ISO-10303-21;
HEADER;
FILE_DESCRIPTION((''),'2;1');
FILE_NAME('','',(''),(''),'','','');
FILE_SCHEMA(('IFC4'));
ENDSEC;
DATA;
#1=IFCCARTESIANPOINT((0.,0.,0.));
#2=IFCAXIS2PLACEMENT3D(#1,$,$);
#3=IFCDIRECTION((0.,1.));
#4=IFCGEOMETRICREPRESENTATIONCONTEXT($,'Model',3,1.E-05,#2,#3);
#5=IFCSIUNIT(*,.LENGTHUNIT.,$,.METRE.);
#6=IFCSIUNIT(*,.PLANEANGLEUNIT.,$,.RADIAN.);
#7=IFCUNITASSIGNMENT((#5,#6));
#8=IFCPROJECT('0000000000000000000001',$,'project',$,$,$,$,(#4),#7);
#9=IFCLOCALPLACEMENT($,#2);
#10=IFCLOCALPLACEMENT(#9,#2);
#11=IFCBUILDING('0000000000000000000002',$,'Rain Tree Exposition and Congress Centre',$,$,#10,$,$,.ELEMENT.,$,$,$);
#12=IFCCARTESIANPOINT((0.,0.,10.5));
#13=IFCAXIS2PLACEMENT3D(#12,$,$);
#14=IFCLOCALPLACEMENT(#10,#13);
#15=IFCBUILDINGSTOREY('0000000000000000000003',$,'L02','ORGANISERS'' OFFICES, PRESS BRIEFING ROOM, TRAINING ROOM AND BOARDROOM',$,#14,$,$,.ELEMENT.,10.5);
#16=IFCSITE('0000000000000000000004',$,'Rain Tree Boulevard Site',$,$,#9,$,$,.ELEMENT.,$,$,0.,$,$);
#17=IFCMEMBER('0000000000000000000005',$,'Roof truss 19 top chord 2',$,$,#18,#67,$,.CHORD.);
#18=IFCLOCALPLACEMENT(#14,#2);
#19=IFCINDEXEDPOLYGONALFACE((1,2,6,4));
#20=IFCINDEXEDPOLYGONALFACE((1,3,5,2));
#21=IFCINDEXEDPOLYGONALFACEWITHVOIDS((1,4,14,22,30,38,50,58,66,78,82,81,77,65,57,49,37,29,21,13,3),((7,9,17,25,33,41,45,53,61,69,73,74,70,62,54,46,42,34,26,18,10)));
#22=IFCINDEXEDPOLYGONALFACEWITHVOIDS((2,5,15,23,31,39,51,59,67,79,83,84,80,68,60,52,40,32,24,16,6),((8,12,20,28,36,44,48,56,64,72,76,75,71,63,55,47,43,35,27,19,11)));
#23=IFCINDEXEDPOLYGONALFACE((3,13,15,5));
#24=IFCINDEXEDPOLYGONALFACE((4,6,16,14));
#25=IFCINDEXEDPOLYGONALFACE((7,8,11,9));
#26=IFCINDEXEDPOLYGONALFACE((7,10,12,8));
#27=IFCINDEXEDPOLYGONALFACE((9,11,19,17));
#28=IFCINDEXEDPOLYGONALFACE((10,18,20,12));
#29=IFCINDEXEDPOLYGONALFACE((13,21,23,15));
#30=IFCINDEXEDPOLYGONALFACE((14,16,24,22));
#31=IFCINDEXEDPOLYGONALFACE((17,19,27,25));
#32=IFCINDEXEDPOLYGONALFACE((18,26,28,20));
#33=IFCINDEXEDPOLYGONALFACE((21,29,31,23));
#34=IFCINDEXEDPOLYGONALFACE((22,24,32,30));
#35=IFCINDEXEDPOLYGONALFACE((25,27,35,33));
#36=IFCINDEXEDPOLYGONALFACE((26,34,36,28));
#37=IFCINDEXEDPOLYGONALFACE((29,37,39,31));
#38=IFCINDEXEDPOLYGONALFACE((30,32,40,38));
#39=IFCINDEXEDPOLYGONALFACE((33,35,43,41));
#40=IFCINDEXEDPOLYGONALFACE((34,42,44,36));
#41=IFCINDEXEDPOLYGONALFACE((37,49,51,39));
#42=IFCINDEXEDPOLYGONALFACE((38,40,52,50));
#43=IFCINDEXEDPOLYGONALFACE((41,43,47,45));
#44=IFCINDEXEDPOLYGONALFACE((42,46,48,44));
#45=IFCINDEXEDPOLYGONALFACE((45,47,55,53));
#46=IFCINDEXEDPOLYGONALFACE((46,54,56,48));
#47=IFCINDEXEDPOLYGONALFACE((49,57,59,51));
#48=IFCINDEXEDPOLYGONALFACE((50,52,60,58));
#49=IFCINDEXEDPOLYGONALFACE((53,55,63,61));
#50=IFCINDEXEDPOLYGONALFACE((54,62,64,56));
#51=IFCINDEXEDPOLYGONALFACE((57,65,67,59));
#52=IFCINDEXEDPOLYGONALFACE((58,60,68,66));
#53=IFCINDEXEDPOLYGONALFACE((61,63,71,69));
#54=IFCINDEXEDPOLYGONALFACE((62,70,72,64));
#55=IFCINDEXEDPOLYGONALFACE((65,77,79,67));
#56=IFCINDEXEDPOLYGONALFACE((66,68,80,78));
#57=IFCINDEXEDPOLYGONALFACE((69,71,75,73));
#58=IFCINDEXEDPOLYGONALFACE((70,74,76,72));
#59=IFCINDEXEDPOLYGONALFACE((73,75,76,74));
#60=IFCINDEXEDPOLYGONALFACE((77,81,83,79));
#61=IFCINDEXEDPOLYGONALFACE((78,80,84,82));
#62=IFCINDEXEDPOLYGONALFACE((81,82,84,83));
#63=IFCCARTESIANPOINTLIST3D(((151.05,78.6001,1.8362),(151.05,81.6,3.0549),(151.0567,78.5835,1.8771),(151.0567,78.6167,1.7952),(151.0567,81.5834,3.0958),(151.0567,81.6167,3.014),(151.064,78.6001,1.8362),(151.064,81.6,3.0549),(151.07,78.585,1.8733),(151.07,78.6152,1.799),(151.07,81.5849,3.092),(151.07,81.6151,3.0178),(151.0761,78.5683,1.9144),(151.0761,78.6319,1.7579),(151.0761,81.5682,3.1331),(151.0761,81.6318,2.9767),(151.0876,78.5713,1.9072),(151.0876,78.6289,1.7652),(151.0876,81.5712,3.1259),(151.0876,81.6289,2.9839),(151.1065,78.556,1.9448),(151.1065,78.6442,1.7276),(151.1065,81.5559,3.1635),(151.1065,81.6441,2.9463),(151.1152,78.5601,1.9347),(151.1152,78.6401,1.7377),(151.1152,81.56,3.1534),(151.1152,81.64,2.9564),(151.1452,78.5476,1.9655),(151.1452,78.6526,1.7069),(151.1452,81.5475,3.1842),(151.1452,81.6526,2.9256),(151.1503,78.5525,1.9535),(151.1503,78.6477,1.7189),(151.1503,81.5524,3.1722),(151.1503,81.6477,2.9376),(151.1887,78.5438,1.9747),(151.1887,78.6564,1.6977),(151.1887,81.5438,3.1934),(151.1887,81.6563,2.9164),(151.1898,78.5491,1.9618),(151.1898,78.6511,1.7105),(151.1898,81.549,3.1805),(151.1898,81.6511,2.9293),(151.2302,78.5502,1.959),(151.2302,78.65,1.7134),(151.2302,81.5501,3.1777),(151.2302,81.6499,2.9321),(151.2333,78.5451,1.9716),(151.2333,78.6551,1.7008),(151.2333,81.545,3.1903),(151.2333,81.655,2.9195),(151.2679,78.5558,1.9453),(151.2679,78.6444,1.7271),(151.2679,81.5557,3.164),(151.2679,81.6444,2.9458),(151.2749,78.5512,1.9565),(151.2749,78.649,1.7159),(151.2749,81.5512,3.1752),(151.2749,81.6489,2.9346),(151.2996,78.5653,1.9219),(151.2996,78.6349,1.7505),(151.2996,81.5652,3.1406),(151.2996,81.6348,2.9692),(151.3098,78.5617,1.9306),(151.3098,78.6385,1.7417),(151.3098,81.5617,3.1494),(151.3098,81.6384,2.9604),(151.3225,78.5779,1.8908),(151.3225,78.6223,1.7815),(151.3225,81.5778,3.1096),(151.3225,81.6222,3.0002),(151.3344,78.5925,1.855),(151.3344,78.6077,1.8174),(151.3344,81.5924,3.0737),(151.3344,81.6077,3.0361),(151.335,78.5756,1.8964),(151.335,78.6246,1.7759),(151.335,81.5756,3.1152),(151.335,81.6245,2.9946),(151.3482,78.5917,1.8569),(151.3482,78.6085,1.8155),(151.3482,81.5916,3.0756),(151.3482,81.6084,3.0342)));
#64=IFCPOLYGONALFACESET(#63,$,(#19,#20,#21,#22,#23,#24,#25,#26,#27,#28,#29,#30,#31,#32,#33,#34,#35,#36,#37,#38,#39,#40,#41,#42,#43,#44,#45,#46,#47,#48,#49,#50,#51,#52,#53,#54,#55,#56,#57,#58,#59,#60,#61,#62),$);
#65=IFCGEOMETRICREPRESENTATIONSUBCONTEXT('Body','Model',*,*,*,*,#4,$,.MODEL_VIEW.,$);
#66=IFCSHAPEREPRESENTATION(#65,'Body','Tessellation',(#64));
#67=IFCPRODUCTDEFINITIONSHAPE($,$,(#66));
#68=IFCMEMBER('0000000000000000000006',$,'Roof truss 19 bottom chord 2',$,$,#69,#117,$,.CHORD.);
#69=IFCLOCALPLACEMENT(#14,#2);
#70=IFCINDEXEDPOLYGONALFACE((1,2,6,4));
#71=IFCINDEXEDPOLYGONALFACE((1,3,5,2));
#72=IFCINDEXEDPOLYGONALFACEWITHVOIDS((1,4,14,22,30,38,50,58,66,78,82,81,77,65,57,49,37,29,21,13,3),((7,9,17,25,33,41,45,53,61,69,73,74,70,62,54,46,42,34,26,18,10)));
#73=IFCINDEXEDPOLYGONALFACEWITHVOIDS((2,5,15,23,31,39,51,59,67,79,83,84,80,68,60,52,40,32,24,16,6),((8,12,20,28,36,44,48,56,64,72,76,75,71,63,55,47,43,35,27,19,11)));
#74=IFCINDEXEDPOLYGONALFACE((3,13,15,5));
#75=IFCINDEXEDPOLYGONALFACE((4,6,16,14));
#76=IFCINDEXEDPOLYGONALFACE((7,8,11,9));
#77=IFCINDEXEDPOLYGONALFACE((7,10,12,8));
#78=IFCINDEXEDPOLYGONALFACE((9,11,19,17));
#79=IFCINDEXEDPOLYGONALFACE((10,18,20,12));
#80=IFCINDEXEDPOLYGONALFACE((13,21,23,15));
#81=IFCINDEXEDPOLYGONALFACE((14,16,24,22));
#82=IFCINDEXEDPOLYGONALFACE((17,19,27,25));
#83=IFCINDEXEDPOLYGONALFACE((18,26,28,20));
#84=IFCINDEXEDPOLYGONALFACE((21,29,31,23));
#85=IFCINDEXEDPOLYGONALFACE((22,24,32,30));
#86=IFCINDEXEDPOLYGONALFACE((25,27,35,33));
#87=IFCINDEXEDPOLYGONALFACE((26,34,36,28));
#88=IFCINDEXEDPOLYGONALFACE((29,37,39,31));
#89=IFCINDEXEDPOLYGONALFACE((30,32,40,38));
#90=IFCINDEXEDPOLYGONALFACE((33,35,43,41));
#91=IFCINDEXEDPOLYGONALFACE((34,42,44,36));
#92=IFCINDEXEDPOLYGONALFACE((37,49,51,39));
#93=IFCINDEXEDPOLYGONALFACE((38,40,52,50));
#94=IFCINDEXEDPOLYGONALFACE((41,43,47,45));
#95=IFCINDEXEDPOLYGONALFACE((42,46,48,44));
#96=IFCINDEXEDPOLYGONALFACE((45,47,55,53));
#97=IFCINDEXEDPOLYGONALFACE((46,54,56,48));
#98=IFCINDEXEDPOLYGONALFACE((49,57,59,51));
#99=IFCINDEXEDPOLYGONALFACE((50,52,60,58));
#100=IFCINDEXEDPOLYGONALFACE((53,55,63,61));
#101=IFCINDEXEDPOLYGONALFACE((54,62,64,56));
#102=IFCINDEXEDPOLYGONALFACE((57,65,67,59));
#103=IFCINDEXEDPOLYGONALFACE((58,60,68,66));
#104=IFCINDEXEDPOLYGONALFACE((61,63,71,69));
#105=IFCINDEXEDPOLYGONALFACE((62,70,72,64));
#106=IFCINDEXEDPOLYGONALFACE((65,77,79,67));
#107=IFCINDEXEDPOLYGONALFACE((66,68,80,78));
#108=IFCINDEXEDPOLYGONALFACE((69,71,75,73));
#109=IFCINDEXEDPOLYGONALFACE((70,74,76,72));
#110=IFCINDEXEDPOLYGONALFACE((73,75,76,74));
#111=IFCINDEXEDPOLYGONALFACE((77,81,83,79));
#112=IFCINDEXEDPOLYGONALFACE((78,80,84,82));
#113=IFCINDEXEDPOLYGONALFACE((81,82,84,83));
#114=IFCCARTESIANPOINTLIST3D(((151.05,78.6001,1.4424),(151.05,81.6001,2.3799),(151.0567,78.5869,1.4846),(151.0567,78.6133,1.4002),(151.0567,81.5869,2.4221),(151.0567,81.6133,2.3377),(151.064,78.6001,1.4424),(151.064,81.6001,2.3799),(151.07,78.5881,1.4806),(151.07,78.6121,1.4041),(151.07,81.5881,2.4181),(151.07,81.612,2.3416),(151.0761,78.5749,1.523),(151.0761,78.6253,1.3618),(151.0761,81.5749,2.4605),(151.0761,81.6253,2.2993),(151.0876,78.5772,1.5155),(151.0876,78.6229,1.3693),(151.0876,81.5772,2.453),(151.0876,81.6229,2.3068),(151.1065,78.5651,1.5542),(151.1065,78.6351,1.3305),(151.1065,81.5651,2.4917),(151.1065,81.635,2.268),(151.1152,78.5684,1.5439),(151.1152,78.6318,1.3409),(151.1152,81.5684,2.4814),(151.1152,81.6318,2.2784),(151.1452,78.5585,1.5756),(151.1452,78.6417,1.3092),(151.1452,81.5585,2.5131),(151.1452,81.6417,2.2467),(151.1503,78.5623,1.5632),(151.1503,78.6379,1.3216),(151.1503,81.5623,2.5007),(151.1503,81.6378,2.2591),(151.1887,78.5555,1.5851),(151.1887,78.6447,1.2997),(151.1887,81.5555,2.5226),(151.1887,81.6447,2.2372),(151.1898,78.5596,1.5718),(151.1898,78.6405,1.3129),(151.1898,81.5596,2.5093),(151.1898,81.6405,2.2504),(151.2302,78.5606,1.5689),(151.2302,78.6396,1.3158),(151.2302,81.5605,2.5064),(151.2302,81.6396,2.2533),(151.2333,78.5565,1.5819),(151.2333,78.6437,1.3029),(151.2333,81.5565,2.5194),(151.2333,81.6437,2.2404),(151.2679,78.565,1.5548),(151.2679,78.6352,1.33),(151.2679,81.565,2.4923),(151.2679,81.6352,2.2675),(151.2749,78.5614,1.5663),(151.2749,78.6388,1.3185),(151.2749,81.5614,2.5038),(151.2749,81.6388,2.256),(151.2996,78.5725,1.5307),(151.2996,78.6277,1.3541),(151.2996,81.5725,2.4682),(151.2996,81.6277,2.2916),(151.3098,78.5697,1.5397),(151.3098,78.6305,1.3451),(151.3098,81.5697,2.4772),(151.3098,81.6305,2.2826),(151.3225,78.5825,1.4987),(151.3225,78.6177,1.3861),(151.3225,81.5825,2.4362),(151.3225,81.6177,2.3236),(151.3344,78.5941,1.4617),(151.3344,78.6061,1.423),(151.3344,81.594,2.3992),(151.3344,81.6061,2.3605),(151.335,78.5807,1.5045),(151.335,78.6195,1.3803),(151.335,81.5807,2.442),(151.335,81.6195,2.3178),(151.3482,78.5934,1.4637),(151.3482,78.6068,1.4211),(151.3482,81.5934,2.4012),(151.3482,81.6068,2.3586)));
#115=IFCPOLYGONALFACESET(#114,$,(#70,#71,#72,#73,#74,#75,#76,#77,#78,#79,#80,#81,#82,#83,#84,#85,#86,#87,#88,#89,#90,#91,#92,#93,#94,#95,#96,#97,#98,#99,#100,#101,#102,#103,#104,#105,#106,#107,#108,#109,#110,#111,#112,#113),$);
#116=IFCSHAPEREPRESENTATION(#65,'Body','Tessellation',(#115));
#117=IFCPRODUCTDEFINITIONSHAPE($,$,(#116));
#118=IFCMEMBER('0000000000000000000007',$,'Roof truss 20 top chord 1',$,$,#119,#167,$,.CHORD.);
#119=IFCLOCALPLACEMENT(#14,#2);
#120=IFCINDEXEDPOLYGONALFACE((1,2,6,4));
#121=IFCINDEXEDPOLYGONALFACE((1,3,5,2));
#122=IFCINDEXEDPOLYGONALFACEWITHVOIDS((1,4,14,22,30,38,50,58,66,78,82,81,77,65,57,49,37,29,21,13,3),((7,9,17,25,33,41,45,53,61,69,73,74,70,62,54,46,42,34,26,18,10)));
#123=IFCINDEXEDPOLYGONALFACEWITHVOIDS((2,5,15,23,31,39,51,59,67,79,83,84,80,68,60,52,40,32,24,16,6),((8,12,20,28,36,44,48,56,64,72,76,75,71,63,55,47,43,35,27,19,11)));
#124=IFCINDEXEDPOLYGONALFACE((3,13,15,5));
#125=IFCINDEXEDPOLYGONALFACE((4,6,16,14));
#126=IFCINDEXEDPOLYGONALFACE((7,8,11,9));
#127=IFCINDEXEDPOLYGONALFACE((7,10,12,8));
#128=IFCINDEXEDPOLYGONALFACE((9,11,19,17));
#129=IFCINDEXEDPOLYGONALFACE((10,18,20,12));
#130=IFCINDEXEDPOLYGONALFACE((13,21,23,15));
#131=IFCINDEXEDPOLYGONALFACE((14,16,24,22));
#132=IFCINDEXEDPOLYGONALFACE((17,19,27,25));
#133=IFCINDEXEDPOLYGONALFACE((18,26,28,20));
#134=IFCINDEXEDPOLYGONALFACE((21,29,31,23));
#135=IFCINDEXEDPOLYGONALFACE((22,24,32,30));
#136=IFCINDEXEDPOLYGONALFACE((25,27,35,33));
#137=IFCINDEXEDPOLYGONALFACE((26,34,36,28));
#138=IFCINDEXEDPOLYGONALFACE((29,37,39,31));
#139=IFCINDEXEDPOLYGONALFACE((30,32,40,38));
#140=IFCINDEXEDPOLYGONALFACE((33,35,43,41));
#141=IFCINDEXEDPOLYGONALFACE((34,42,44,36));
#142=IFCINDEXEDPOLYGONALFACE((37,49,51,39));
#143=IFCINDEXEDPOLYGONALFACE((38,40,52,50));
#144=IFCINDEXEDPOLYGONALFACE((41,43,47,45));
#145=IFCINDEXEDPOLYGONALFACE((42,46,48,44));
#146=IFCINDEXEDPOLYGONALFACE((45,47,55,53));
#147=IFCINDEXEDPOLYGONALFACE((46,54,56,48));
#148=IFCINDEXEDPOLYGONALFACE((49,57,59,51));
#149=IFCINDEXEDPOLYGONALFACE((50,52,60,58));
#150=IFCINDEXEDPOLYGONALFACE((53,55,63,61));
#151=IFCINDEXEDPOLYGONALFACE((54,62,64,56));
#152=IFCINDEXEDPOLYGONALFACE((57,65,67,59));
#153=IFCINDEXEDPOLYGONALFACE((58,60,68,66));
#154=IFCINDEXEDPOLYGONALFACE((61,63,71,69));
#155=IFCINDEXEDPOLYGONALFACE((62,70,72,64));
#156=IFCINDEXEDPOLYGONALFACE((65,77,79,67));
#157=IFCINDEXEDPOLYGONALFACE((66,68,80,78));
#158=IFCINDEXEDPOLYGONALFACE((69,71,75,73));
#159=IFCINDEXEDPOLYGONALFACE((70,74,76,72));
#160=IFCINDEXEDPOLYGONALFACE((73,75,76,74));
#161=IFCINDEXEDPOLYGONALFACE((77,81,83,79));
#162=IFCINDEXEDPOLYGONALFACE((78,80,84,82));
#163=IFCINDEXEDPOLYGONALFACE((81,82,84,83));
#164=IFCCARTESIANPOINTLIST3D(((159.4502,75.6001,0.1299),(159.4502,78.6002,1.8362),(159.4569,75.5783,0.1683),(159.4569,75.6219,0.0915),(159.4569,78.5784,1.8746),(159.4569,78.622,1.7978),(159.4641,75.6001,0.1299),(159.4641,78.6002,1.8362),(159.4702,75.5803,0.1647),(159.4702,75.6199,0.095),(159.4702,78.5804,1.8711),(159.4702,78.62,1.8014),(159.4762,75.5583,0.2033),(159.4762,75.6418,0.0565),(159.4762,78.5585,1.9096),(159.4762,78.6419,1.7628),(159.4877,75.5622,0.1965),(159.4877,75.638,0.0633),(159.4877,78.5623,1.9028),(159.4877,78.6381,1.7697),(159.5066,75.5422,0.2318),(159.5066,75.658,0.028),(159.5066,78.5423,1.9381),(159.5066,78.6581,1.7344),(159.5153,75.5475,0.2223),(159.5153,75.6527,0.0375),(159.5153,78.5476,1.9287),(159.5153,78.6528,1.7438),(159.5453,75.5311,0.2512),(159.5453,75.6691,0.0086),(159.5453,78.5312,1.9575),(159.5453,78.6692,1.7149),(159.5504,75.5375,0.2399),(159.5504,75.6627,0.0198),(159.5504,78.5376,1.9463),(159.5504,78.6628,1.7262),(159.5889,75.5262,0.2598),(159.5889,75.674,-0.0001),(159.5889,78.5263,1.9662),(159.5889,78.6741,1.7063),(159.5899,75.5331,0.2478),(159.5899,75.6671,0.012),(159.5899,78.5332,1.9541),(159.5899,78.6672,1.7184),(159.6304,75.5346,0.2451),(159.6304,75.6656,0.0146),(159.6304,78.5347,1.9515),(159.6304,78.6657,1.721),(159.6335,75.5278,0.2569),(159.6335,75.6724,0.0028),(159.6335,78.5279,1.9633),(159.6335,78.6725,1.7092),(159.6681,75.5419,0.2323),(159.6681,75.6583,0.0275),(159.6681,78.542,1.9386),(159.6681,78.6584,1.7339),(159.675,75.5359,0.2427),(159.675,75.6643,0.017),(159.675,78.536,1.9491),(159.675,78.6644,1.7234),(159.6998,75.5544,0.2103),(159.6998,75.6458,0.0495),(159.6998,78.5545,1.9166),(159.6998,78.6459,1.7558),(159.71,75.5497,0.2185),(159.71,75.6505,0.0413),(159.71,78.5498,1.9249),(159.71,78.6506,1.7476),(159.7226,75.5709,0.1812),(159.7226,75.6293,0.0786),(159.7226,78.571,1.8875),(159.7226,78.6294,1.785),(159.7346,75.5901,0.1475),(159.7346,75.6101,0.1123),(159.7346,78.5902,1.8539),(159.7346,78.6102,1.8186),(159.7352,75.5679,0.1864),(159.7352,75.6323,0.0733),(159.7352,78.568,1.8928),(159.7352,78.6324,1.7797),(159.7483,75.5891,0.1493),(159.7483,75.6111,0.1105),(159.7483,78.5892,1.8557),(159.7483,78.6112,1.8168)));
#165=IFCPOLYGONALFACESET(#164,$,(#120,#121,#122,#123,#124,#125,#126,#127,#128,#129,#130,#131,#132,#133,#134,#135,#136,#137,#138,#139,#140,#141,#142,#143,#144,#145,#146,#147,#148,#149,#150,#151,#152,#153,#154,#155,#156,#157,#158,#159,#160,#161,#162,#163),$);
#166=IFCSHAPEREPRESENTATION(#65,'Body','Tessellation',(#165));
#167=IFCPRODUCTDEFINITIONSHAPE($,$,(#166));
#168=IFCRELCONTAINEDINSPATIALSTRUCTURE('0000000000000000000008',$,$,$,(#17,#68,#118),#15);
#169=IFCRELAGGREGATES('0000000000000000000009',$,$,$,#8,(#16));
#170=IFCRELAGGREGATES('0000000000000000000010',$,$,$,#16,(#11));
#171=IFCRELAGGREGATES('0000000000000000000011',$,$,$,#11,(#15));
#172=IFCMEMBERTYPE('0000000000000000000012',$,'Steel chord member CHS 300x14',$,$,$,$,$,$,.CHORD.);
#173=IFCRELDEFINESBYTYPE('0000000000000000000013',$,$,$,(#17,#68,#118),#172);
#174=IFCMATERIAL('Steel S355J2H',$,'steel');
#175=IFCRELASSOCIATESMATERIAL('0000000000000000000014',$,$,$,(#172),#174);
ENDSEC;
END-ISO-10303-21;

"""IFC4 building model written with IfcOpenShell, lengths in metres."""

from ifc_helpers import new_model, si_unit, direction, frame, origin, origin_2d, place, context, subcontext, project, spatial, hollow_circle, extrude, material, material_profile, profile_set, type_object, element, save


model = new_model("IFC4")

# Units and contexts
model_context = context("Model", 3, precision=1e-05, world=origin(), true_north=direction((0.0, 1.0)))
body_context = subcontext(model_context, "Body", "Model", "MODEL_VIEW")
ifc_project = project(units=[si_unit("LENGTHUNIT", "METRE"), si_unit("PLANEANGLEUNIT", "RADIAN")], contexts=[model_context])

# Site, building, storey
site_placement = place(None, origin())
site = spatial("IfcSite", under=ifc_project, at=site_placement, Name="Rain Tree Boulevard Site", CompositionType="ELEMENT", RefElevation=0.0)
building_placement = place(site_placement, origin())
building = spatial("IfcBuilding", under=site, at=building_placement, Name="Rain Tree Exposition and Congress Centre", CompositionType="ELEMENT")
storey_placement = place(building_placement, frame((0.0, 0.0, 10.5)))
storey = spatial("IfcBuildingStorey", under=building, at=storey_placement, Name="L02", Description="ORGANISERS' OFFICES, PRESS BRIEFING ROOM, TRAINING ROOM AND BOARDROOM", CompositionType="ELEMENT", Elevation=10.5)

# Members
ifc_material_1 = material(Name="Steel S355J2H", Category="steel")
ifc_material_profile_1 = material_profile(ifc_material_1, hollow_circle(Radius=0.1499, WallThickness=0.0139, at=origin_2d()), Name="CHS 300x14")
ifc_profile_set_1 = profile_set([ifc_material_profile_1], Name="Steel S355J2H")
member_type_1 = type_object("IfcMemberType", Name="Steel chord member CHS 300x14", PredefinedType="CHORD", material=ifc_profile_set_1)
member_1_placement = place(storey_placement, frame((151.2, 78.6001, 1.8362), z_axis=(0.0, 0.926467, 0.376377), x_axis=(-1.0, 0.0, 0.0)))
element("IfcMember", 1, at=member_1_placement, inside=storey, type_object=member_type_1, Name="Roof truss 19 top chord 2", PredefinedType="CHORD", context=body_context, shape_type="SweptSolid", body=[
    extrude(hollow_circle(Radius=0.1499, WallThickness=0.0139, at=origin_2d()), origin(), (0.0, 0.0, 1.0), 3.238),
])
member_2_placement = place(storey_placement, frame((151.2, 78.6001, 1.4424), z_axis=(0.0, 0.95448, 0.298275), x_axis=(-1.0, 0.0, 0.0)))
element("IfcMember", 2, at=member_2_placement, inside=storey, type_object=member_type_1, Name="Roof truss 19 bottom chord 2", PredefinedType="CHORD", context=body_context, shape_type="SweptSolid", body=[
    extrude(hollow_circle(Radius=0.1499, WallThickness=0.0139, at=origin_2d()), origin(), (0.0, 0.0, 1.0), 3.1431),
])
member_3_placement = place(storey_placement, frame((159.6001, 75.6001, 0.1299), z_axis=(0.0, 0.869238, 0.494393), x_axis=(-1.0, 0.0, 0.0)))
element("IfcMember", 3, at=member_3_placement, inside=storey, type_object=member_type_1, Name="Roof truss 20 top chord 1", PredefinedType="CHORD", context=body_context, shape_type="SweptSolid", body=[
    extrude(hollow_circle(Radius=0.1499, WallThickness=0.0139, at=origin_2d()), origin(), (0.0, 0.0, 1.0), 3.4514),
])

save(model, "model.ifc")
